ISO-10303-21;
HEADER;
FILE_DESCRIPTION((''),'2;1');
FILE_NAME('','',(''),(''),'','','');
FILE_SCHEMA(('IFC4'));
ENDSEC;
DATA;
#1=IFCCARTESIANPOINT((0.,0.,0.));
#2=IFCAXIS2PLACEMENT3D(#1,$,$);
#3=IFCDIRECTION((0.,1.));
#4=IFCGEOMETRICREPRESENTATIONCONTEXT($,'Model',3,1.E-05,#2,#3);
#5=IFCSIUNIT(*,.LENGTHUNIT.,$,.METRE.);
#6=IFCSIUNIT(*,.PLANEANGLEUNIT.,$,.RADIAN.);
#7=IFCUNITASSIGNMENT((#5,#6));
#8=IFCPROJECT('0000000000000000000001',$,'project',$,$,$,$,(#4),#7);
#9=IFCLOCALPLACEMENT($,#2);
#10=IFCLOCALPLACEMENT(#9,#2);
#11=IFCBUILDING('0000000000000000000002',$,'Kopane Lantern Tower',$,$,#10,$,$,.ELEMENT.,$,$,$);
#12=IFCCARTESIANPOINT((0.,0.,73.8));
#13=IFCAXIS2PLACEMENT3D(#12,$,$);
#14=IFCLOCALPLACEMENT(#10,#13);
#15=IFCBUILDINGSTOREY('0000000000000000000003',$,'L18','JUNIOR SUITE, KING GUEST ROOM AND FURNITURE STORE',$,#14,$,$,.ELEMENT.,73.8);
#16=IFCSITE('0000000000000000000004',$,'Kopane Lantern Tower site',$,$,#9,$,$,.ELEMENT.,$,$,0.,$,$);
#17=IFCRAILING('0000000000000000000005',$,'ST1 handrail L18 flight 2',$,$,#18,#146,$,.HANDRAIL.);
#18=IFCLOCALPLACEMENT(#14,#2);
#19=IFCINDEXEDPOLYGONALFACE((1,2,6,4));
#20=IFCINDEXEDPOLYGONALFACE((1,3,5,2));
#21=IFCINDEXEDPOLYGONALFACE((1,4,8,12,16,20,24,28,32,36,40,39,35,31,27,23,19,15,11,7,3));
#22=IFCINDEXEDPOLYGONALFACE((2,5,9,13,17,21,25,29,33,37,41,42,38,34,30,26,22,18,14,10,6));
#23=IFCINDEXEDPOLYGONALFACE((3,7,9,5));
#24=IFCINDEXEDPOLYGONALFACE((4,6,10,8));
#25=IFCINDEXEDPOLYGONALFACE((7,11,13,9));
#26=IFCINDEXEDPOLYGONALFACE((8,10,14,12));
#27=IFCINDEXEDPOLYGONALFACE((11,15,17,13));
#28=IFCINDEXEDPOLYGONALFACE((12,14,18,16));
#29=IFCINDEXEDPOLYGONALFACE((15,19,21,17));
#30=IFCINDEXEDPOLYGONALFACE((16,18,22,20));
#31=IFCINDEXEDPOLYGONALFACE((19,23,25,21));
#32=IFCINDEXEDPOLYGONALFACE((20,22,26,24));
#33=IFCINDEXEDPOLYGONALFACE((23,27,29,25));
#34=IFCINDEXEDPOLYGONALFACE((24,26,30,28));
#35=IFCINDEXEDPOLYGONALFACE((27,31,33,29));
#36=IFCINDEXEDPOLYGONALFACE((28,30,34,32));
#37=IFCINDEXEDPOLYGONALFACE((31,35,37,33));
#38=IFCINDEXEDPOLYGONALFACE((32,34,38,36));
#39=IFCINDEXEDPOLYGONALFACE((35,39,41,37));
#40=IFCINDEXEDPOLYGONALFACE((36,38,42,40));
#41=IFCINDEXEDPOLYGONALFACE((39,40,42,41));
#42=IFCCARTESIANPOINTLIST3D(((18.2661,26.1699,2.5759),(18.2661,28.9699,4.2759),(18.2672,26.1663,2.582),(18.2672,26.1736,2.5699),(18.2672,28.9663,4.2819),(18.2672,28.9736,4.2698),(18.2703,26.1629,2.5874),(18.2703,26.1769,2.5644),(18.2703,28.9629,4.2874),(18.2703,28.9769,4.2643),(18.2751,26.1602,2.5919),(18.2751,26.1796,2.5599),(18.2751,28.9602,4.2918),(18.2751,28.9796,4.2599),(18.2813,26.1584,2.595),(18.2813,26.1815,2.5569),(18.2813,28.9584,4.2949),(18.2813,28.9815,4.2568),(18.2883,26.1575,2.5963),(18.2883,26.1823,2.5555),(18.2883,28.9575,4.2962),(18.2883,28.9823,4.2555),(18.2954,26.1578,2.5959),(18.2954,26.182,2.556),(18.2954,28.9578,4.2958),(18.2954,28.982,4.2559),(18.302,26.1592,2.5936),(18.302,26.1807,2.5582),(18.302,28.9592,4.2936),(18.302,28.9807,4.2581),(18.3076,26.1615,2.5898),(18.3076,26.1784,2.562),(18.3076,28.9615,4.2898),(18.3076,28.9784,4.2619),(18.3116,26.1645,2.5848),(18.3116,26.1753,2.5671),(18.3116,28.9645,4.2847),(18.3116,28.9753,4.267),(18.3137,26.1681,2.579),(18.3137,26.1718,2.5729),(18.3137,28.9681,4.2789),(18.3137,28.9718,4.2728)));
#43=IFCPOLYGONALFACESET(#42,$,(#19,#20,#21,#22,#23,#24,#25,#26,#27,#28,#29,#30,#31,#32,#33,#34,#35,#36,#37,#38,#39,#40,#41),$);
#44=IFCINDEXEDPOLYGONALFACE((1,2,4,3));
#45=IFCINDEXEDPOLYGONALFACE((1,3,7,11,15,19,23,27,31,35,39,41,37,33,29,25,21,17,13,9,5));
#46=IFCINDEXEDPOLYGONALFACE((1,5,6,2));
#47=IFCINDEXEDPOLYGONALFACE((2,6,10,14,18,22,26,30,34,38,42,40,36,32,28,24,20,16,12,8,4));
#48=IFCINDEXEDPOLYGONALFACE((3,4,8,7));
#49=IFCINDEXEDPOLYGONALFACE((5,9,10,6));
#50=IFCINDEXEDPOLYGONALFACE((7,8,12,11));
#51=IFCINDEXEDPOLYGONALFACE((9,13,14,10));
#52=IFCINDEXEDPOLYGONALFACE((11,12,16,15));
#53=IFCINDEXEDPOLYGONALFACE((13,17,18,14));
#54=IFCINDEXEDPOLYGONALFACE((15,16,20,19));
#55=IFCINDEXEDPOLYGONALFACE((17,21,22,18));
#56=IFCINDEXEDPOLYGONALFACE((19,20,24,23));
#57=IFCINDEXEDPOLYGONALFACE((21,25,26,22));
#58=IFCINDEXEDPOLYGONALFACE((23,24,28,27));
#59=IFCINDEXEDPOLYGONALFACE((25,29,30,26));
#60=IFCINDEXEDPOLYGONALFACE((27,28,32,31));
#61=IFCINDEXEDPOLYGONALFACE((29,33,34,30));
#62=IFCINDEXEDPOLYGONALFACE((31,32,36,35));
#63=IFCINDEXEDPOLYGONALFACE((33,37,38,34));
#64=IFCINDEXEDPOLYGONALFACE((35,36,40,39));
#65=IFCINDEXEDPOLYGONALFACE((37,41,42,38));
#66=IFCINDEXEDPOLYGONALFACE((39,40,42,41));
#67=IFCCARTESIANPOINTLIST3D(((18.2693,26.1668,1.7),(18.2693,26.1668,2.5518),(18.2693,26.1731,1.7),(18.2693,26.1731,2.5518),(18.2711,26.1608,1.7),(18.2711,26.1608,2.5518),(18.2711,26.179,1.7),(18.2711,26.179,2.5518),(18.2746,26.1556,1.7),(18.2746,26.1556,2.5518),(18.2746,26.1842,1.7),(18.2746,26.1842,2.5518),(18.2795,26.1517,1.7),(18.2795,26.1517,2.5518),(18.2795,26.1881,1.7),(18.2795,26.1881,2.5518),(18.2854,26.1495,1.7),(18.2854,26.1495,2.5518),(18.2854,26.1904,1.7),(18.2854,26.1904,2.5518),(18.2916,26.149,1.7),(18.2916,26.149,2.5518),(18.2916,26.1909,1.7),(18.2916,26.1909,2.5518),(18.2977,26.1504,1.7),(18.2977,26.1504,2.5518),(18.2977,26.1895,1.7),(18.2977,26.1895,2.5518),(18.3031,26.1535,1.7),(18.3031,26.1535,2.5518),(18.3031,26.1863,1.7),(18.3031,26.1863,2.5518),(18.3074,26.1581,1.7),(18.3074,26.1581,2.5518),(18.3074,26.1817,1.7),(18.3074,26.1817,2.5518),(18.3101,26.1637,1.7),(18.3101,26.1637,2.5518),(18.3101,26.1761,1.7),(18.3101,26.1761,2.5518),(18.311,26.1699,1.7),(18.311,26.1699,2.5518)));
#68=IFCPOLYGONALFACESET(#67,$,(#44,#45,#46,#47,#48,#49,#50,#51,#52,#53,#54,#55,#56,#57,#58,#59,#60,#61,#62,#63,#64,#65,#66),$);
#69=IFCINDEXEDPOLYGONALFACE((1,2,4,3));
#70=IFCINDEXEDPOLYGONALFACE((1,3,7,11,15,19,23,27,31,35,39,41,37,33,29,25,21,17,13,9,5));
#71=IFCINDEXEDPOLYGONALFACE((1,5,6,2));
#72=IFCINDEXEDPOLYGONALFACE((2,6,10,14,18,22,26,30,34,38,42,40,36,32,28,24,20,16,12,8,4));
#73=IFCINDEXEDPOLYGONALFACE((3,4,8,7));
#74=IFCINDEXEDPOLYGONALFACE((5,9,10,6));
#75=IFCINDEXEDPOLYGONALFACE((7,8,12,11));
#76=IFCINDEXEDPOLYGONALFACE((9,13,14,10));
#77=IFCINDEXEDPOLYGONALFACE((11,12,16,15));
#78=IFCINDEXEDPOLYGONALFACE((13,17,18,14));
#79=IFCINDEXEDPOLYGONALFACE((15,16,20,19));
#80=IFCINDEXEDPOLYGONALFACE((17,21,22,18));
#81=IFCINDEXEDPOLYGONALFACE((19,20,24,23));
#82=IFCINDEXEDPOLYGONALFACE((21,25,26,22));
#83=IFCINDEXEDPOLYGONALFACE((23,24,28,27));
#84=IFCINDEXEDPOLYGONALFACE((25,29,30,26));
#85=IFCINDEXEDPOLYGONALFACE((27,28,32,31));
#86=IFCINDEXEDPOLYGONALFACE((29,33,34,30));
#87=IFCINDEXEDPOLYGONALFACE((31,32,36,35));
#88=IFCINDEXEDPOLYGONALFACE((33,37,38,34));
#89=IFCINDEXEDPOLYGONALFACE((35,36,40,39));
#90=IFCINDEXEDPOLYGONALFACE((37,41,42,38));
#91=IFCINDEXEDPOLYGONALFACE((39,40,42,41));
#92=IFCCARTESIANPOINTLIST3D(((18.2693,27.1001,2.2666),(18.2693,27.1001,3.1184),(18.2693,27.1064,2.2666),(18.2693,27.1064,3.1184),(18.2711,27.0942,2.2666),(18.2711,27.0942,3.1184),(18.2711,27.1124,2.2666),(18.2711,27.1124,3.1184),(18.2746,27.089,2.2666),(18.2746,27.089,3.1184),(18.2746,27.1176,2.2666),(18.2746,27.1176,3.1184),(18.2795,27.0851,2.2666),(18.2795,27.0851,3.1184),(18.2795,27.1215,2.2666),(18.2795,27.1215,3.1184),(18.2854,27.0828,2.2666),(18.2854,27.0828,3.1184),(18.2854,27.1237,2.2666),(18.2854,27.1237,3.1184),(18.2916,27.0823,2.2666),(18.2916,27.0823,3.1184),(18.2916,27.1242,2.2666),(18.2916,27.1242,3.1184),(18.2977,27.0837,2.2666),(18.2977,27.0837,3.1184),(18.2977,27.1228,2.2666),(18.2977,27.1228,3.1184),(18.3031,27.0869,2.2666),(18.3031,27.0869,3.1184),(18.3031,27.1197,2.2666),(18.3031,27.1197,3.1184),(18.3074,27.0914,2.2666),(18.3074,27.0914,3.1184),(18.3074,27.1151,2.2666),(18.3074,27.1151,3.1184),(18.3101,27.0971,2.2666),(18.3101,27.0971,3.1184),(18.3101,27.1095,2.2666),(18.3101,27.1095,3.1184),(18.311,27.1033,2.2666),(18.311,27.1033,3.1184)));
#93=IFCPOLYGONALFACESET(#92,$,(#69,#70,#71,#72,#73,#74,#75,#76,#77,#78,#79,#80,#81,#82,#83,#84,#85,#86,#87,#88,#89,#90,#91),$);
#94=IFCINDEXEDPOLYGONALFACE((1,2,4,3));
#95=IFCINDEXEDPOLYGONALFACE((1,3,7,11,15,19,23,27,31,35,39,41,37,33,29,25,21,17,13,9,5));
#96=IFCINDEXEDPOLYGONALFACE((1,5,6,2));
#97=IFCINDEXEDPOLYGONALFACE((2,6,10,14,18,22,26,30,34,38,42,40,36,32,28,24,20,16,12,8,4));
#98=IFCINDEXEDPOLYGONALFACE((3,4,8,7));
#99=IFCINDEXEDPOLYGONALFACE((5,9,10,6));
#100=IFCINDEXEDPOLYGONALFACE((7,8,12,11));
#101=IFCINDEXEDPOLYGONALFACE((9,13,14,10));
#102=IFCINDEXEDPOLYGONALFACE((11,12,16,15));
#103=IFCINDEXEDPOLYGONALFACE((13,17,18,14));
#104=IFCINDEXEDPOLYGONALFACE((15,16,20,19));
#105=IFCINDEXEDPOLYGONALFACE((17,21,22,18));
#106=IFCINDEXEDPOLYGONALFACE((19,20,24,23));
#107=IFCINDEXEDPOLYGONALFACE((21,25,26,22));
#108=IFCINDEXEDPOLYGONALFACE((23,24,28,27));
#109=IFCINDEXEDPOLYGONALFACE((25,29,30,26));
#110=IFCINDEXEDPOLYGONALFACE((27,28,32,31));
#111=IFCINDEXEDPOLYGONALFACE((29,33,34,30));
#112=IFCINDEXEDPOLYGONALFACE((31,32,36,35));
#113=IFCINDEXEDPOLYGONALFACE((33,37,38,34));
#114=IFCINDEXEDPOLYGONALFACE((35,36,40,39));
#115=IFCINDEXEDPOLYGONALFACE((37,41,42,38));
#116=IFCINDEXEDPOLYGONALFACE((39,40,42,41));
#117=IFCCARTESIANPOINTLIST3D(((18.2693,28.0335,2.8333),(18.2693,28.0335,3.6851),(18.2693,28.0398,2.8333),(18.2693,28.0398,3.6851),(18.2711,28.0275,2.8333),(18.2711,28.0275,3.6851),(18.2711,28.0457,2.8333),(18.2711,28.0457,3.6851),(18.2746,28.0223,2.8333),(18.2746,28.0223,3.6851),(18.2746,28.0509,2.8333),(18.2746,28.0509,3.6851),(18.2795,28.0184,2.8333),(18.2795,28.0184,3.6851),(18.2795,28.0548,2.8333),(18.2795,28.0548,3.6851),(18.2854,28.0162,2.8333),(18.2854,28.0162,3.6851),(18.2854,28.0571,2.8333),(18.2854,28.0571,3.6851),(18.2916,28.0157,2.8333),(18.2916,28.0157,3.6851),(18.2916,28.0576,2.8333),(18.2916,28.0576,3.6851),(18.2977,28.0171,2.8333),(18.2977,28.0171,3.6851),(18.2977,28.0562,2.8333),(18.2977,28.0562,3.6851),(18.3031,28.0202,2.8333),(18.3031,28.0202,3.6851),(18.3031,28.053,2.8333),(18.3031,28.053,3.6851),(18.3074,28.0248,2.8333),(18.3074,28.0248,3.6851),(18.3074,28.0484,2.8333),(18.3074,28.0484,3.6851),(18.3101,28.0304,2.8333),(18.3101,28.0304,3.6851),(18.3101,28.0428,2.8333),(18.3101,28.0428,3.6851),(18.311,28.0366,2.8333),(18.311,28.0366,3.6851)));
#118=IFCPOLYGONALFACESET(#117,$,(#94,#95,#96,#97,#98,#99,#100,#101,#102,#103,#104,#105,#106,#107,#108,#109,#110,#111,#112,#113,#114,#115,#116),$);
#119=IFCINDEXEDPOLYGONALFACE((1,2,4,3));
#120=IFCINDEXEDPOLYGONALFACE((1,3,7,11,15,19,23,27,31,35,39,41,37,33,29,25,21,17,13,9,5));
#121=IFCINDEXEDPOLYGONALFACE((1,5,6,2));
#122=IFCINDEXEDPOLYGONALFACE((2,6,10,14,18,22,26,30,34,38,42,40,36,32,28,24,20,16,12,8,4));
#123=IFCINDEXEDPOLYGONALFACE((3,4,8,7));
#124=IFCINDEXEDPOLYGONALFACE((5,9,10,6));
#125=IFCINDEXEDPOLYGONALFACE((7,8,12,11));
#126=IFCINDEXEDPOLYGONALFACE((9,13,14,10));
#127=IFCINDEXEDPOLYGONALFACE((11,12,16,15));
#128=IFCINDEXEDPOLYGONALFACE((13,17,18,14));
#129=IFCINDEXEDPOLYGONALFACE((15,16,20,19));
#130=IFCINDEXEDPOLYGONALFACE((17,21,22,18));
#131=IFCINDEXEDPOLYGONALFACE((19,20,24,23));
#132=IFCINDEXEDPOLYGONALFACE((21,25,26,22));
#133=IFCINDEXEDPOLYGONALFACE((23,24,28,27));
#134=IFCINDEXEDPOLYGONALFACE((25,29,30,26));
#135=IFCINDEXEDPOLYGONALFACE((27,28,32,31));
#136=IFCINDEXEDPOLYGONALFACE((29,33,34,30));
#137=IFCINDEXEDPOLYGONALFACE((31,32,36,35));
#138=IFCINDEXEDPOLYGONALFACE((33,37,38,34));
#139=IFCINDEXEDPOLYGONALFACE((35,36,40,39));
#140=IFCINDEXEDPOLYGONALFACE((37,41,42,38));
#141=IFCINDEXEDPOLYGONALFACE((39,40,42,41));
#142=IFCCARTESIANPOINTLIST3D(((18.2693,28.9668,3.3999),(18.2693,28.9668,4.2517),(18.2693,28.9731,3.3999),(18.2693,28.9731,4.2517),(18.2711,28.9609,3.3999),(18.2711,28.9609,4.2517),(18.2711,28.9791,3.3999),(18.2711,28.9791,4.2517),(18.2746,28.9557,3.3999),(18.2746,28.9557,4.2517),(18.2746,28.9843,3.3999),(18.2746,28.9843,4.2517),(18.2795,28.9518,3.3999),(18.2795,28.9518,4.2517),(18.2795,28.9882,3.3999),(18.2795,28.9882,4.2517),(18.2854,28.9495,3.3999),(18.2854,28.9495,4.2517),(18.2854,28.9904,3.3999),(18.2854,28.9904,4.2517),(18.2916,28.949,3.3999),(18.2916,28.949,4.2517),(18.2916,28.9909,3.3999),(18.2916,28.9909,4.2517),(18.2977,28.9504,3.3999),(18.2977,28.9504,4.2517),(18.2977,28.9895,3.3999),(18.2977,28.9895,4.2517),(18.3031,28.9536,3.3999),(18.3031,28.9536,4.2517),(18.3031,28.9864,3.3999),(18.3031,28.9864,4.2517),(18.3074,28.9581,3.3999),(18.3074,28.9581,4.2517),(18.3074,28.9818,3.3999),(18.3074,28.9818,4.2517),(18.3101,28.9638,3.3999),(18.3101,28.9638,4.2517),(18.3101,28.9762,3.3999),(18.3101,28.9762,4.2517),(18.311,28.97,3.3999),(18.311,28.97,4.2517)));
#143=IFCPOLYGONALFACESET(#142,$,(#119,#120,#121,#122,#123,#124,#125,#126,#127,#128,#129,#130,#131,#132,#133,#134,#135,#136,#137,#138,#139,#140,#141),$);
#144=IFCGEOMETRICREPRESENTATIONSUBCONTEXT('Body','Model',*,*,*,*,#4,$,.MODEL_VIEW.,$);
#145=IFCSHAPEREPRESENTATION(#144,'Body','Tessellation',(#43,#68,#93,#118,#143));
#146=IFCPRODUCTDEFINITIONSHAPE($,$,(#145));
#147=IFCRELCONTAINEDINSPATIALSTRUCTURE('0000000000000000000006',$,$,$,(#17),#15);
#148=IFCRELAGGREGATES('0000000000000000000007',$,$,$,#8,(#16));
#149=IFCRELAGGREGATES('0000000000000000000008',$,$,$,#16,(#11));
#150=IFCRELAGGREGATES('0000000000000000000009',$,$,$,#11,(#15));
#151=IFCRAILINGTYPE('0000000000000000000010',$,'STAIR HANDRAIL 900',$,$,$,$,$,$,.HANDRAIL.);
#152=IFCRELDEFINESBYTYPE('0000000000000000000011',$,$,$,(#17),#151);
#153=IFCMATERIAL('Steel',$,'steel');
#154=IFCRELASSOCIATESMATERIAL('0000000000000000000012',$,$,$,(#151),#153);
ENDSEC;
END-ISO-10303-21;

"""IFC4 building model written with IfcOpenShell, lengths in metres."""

from ifc_helpers import new_model, si_unit, direction, frame, origin, origin_2d, place, context, subcontext, project, spatial, circle, extrude, material, type_object, element, save


model = new_model("IFC4")

# Units and contexts
model_context = context("Model", 3, precision=1e-05, world=origin(), true_north=direction((0.0, 1.0)))
body_context = subcontext(model_context, "Body", "Model", "MODEL_VIEW")
ifc_project = project(units=[si_unit("LENGTHUNIT", "METRE"), si_unit("PLANEANGLEUNIT", "RADIAN")], contexts=[model_context])

# Site, building, storey
site_placement = place(None, origin())
site = spatial("IfcSite", under=ifc_project, at=site_placement, Name="Kopane Lantern Tower site", CompositionType="ELEMENT", RefElevation=0.0)
building_placement = place(site_placement, origin())
building = spatial("IfcBuilding", under=site, at=building_placement, Name="Kopane Lantern Tower", CompositionType="ELEMENT")
storey_placement = place(building_placement, frame((0.0, 0.0, 73.8)))
storey = spatial("IfcBuildingStorey", under=building, at=storey_placement, Name="L18", Description="JUNIOR SUITE, KING GUEST ROOM AND FURNITURE STORE", CompositionType="ELEMENT", Elevation=73.8)

# Railing
ifc_material_1 = material(Name="Steel", Category="steel")
railing_type_1 = type_object("IfcRailingType", Name="STAIR HANDRAIL 900", PredefinedType="HANDRAIL", material=ifc_material_1)
for number, where, name in (
    (1, (18.29, 26.1699, 1.7), "ST1 handrail L18 flight 2"),
):
    element("IfcRailing", number, at=place(storey_placement, frame(where)), inside=storey, type_object=railing_type_1, Name=name, PredefinedType="HANDRAIL", context=body_context, shape_type="SweptSolid", body=[
        extrude(circle(Radius=0.0239, at=origin_2d()), frame((0.0, 0.0, 0.876), z_axis=(0.0, 0.854798, 0.518961), x_axis=(-1.0, 0.0, 0.0)), (0.0, 0.0, 1.0), 3.2756),
        extrude(circle(Radius=0.021, at=origin_2d()), origin(), (0.0, 0.0, 1.0), 0.8518),
        extrude(circle(Radius=0.021, at=origin_2d()), frame((0.0, 0.9333, 0.5667)), (0.0, 0.0, 1.0), 0.8518),
        extrude(circle(Radius=0.021, at=origin_2d()), frame((0.0, 1.8667, 1.1333)), (0.0, 0.0, 1.0), 0.8518),
        extrude(circle(Radius=0.021, at=origin_2d()), frame((0.0, 2.8, 1.7)), (0.0, 0.0, 1.0), 0.8518),
    ])

save(model, "model.ifc")
